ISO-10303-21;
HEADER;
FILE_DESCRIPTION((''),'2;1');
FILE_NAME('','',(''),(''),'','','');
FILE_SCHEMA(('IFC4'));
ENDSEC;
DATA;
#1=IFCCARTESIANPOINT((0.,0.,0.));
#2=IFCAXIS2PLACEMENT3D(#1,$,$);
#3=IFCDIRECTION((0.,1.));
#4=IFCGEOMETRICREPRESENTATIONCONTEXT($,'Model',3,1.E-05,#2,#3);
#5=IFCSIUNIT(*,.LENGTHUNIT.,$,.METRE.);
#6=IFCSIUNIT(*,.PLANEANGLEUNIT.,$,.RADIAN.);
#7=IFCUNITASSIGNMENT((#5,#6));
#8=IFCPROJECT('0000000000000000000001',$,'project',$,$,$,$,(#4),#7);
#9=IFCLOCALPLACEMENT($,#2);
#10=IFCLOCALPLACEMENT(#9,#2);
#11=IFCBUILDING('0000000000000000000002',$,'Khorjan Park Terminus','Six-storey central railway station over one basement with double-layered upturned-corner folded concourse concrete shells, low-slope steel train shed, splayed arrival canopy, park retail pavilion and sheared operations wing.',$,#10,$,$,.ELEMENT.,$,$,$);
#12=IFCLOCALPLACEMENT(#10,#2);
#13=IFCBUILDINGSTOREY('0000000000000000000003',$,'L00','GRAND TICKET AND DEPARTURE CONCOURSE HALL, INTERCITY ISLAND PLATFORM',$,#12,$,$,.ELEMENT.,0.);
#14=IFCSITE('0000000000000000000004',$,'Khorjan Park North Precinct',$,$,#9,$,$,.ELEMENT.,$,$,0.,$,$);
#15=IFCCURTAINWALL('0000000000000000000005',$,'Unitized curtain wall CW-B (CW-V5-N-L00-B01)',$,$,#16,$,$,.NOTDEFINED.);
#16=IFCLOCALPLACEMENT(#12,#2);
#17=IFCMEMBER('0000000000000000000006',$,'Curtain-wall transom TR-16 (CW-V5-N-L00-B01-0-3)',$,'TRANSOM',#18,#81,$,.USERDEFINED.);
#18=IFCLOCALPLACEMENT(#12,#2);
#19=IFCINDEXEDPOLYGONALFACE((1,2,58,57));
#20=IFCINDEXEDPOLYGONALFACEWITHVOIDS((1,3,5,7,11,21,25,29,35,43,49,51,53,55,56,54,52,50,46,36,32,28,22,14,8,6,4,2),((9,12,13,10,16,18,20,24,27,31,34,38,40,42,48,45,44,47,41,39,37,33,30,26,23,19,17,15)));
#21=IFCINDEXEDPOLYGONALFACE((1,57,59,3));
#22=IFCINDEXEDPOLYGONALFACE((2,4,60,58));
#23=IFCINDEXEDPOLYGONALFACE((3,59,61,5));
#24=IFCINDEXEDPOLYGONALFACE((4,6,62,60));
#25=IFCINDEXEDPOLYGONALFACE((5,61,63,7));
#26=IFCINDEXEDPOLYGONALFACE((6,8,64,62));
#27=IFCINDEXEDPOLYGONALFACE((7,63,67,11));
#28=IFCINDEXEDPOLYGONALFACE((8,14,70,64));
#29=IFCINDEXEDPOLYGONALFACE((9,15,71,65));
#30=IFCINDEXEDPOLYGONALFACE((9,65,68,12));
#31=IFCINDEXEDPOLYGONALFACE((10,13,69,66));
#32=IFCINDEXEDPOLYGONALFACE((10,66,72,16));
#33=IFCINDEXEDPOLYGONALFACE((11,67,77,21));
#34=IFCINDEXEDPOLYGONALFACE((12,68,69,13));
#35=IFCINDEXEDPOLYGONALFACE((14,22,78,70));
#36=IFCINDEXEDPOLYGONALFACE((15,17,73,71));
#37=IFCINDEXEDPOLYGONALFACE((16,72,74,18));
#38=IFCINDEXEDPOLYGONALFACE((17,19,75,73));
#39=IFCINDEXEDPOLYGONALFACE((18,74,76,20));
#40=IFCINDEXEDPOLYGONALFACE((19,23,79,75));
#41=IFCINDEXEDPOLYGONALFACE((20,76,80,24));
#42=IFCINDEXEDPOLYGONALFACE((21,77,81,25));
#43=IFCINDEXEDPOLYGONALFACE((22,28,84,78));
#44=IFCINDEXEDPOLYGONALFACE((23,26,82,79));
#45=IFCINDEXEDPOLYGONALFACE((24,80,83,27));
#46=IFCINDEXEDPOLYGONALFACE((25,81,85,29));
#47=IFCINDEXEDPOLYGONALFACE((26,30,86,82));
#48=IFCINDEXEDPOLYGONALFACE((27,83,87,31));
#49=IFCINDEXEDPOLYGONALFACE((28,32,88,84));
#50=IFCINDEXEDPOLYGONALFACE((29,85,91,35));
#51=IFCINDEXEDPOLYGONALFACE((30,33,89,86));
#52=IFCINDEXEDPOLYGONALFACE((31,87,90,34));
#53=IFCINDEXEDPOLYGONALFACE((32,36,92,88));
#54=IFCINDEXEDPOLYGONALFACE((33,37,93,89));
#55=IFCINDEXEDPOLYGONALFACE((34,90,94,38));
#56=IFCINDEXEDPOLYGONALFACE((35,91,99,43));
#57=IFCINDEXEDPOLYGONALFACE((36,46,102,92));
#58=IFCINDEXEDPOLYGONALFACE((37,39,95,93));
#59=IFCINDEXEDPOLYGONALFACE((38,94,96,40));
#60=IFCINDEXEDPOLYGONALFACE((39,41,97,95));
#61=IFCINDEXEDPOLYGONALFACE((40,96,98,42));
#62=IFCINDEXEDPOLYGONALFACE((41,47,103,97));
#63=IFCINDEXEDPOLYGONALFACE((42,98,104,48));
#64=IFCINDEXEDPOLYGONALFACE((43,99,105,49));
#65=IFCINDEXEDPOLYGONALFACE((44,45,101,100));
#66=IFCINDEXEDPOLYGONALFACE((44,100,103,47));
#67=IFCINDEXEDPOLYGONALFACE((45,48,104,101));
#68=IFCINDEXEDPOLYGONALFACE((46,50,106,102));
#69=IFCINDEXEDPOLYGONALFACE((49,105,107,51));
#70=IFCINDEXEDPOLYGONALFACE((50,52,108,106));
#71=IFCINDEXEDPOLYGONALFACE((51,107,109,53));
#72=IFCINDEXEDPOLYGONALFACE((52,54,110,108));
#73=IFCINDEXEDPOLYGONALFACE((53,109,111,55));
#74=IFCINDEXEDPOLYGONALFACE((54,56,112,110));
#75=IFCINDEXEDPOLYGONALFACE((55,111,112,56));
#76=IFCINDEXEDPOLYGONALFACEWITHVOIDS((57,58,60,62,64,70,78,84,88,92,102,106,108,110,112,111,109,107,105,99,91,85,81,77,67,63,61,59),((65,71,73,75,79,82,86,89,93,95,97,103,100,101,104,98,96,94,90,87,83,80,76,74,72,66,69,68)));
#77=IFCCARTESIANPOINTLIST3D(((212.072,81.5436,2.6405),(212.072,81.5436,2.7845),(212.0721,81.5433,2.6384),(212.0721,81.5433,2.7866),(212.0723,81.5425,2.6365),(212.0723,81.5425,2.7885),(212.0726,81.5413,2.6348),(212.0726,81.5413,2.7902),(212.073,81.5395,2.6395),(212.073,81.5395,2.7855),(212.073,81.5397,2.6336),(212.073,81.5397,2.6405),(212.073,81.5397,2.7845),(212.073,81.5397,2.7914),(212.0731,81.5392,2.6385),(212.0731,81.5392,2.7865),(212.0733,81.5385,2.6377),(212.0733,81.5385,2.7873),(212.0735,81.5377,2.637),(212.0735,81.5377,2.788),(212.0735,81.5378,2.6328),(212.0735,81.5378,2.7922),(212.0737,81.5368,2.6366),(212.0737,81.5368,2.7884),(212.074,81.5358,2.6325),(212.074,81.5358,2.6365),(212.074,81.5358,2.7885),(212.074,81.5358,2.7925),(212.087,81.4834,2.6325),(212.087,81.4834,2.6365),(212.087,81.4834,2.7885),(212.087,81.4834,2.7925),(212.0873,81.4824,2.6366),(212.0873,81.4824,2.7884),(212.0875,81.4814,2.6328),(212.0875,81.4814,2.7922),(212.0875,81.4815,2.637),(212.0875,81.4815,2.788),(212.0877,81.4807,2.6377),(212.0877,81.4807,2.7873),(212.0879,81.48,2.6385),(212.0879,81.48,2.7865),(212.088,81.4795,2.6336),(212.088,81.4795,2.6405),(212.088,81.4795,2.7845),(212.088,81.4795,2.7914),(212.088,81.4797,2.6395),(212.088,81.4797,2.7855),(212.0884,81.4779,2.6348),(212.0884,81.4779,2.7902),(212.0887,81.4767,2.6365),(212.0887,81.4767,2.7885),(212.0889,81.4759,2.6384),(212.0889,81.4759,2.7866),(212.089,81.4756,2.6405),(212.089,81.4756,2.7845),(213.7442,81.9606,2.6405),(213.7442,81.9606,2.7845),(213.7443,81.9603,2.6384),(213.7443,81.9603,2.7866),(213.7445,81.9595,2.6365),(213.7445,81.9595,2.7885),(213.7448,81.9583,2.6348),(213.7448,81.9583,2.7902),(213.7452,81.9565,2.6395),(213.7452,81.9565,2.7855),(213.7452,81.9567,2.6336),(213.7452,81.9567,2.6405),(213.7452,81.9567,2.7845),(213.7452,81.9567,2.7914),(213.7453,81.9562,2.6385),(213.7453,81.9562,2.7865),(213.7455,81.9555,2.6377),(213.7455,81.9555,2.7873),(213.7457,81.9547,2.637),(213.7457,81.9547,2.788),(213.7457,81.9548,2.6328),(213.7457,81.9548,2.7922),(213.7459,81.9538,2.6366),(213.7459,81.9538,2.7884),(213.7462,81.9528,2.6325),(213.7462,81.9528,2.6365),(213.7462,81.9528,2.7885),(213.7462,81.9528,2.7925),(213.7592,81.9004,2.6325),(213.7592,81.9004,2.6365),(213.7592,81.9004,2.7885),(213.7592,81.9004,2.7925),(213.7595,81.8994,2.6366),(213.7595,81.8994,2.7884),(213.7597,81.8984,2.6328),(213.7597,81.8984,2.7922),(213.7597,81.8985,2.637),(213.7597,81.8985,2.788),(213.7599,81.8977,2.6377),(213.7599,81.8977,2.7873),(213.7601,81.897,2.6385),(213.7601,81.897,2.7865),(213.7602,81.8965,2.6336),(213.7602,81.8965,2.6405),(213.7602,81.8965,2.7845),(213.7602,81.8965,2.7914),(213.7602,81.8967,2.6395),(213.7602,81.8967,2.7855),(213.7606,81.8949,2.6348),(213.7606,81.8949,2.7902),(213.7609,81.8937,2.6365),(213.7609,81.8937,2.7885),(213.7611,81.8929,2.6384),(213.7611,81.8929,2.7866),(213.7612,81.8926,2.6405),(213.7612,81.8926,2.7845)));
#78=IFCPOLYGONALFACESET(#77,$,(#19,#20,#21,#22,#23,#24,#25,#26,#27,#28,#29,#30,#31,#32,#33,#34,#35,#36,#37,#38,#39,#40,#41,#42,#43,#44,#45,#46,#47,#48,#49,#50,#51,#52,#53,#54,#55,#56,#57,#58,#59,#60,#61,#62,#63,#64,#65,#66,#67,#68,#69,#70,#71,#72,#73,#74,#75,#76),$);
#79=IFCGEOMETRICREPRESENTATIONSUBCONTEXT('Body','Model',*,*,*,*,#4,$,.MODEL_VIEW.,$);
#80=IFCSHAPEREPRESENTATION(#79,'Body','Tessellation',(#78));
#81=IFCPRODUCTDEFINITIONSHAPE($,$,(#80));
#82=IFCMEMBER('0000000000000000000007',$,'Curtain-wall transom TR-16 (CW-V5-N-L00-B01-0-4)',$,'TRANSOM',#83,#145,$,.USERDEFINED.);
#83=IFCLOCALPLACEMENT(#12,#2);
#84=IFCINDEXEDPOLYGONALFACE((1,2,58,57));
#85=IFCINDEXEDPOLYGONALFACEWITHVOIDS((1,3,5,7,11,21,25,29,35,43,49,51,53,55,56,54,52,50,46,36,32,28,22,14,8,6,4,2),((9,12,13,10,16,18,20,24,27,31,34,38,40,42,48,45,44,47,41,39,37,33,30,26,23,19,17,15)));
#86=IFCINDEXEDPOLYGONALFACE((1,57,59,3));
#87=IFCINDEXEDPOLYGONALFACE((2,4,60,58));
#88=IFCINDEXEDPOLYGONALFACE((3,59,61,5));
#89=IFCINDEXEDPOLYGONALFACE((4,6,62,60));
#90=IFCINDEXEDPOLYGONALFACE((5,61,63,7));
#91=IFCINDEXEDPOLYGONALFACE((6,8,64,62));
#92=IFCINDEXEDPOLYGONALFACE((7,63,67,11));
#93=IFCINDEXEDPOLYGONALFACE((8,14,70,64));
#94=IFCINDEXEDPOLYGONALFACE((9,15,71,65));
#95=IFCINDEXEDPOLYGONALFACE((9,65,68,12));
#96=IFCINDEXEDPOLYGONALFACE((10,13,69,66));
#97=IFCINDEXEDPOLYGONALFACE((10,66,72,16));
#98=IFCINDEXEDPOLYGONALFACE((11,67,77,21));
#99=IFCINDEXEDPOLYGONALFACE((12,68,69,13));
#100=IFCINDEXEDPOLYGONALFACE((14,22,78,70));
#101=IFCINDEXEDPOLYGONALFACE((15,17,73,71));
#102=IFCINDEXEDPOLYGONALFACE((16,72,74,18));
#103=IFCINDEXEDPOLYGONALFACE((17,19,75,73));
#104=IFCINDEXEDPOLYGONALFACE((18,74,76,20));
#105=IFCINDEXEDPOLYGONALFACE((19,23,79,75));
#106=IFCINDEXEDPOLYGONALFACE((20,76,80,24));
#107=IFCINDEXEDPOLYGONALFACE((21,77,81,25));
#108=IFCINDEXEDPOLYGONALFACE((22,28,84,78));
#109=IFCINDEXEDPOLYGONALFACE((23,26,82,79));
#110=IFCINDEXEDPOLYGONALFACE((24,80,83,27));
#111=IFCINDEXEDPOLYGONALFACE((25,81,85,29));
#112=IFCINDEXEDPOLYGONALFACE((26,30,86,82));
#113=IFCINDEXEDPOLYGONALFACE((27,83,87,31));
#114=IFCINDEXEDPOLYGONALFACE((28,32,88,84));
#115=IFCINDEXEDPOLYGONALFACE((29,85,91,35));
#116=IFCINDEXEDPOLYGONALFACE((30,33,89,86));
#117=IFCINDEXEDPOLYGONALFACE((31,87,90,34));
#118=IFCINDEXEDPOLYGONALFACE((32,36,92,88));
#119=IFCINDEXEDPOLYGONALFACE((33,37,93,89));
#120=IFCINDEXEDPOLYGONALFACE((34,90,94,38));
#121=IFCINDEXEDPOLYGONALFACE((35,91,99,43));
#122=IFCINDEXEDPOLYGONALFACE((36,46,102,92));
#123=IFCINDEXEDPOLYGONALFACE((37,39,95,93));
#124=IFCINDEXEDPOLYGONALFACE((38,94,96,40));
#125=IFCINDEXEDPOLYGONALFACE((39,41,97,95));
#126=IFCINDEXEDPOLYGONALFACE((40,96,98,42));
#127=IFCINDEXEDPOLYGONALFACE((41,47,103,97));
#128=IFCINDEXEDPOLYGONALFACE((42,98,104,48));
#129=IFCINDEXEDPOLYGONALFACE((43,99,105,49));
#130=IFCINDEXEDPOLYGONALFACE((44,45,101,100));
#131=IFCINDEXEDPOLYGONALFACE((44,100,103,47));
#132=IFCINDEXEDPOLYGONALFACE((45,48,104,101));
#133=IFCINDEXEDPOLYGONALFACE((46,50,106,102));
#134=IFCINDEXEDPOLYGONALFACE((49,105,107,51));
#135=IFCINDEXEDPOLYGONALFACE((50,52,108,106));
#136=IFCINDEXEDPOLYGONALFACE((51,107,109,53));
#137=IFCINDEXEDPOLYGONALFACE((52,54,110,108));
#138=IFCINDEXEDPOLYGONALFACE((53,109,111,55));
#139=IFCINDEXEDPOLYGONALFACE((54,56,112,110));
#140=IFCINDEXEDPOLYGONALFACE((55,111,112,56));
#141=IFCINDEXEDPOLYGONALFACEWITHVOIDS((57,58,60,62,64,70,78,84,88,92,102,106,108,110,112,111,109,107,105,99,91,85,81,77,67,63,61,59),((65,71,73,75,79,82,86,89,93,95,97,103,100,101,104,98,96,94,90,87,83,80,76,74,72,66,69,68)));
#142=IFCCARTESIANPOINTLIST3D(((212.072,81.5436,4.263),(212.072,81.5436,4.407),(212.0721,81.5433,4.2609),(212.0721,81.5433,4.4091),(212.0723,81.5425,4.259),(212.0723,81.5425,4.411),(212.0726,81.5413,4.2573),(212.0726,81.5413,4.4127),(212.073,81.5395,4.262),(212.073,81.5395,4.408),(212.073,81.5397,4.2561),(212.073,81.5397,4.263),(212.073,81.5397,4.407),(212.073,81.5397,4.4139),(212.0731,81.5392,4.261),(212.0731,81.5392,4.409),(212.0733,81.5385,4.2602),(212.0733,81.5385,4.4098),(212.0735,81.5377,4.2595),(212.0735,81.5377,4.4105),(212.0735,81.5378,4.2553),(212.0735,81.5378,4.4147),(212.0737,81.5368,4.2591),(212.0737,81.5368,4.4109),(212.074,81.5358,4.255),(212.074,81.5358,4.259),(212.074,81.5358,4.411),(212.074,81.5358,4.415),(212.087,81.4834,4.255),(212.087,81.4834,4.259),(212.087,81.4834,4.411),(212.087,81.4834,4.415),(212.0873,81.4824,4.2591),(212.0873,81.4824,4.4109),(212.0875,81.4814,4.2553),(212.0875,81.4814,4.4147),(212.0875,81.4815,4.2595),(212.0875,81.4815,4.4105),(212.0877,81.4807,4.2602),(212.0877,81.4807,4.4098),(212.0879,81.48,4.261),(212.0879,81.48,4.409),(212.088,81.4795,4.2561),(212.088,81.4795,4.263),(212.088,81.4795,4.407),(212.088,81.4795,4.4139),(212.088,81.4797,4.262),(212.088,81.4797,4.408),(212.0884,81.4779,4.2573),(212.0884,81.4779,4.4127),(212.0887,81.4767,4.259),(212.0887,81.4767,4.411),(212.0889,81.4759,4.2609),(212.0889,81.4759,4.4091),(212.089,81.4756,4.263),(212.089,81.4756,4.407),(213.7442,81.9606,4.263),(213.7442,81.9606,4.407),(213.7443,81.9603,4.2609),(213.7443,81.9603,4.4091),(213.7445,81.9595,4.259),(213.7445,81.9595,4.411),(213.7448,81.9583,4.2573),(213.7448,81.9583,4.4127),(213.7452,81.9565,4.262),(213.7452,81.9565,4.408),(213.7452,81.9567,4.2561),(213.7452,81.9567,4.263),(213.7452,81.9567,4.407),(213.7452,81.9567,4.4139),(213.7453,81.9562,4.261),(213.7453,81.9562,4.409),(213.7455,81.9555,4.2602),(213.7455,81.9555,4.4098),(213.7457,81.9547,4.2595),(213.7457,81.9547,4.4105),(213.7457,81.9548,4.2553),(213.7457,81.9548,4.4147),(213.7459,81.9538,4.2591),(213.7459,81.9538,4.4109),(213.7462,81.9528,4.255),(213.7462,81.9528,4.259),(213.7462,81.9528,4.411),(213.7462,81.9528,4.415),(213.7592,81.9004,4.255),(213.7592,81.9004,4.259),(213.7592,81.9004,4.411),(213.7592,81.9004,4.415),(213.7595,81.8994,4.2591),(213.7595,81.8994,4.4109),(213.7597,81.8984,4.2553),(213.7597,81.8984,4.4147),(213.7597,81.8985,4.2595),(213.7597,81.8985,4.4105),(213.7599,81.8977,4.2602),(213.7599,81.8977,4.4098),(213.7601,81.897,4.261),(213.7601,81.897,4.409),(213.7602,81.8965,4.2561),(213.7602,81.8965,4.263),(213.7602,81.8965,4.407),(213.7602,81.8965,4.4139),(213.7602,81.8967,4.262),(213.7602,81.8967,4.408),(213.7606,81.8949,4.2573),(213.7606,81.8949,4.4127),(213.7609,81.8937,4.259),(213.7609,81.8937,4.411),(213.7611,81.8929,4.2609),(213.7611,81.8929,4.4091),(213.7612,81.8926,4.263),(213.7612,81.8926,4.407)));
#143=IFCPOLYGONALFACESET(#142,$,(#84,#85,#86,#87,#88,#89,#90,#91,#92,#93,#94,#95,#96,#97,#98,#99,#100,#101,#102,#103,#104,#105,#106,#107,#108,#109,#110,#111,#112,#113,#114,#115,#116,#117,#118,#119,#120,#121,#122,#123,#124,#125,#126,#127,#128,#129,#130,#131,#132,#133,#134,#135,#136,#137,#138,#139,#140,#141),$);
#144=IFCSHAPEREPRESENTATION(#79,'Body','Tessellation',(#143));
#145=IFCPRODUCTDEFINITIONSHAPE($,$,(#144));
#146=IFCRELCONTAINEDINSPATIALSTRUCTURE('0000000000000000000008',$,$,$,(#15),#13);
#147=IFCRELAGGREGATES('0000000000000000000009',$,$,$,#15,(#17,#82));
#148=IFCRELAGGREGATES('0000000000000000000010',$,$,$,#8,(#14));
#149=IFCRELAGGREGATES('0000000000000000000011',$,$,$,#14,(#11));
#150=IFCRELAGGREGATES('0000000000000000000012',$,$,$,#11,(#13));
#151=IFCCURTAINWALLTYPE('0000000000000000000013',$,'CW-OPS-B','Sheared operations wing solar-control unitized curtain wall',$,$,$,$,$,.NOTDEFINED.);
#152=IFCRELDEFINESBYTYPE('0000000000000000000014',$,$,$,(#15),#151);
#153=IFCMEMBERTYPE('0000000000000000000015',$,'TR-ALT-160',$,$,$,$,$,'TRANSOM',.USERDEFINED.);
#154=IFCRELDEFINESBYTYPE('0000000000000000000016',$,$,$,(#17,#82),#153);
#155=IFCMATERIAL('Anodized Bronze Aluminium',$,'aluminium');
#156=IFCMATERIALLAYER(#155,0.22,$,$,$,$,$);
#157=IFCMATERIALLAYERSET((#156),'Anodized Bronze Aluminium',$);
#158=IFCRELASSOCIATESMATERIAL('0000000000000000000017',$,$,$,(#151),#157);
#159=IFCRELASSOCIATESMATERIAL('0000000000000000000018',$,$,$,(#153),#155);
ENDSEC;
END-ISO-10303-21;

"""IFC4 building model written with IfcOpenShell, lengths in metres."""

from ifc_helpers import new_model, si_unit, direction, frame, origin, origin_2d, place, context, subcontext, project, spatial, hollow_rectangle, extrude, material, layer, layer_set, material_profile, profile_set, type_object, element, aggregate, save


model = new_model("IFC4")

# Units and contexts
model_context = context("Model", 3, precision=1e-05, world=origin(), true_north=direction((0.0, 1.0)))
body_context = subcontext(model_context, "Body", "Model", "MODEL_VIEW")
ifc_project = project(units=[si_unit("LENGTHUNIT", "METRE"), si_unit("PLANEANGLEUNIT", "RADIAN")], contexts=[model_context])

# Site, building, storey
site_placement = place(None, origin())
site = spatial("IfcSite", under=ifc_project, at=site_placement, Name="Khorjan Park North Precinct", CompositionType="ELEMENT", RefElevation=0.0)
building_placement = place(site_placement, origin())
building = spatial("IfcBuilding", under=site, at=building_placement, Name="Khorjan Park Terminus", Description="Six-storey central railway station over one basement with double-layered upturned-corner folded concourse concrete shells, low-slope steel train shed, splayed arrival canopy, park retail pavilion and sheared operations wing.", CompositionType="ELEMENT")
storey_placement = place(building_placement, origin())
storey = spatial("IfcBuildingStorey", under=building, at=storey_placement, Name="L00", Description="GRAND TICKET AND DEPARTURE CONCOURSE HALL, INTERCITY ISLAND PLATFORM", CompositionType="ELEMENT", Elevation=0.0)

# Curtain wall, members
ifc_material_1 = material(Name="Anodized Bronze Aluminium", Category="aluminium")
ifc_layer_1 = layer(ifc_material_1, 0.22)
ifc_layer_set_1 = layer_set([ifc_layer_1], Name="Anodized Bronze Aluminium")
curtain_wall_type = type_object("IfcCurtainWallType", Name="CW-OPS-B", Description="Sheared operations wing solar-control unitized curtain wall", PredefinedType="NOTDEFINED", material=ifc_layer_set_1)
curtain_wall_placement = place(storey_placement, origin())
curtain_wall = element("IfcCurtainWall", 1, at=curtain_wall_placement, inside=storey, type_object=curtain_wall_type, Name="Unitized curtain wall CW-B (CW-V5-N-L00-B01)", PredefinedType="NOTDEFINED")
ifc_material_profile_1 = material_profile(ifc_material_1, hollow_rectangle(XDim=0.07, YDim=0.16, WallThickness=0.004, InnerFilletRadius=0.004, OuterFilletRadius=0.008, at=origin_2d()), Name="ALT 70x160x4")
ifc_profile_set_1 = profile_set([ifc_material_profile_1], Name="Anodized Bronze Aluminium")
member_type_1 = type_object("IfcMemberType", Name="TR-ALT-160", ElementType="TRANSOM", PredefinedType="USERDEFINED", material=ifc_profile_set_1)
member_1_placement = place(storey_placement, frame((213.7527, 81.9266, 2.7125), z_axis=(-0.970286, -0.241962, 0.0), x_axis=(0.241962, -0.970286, 0.0)))
member_1 = element("IfcMember", 2, at=member_1_placement, type_object=member_type_1, Name="Curtain-wall transom TR-16 (CW-V5-N-L00-B01-0-3)", ObjectType="TRANSOM", PredefinedType="USERDEFINED", context=body_context, shape_type="SweptSolid", body=[
    extrude(hollow_rectangle(XDim=0.07, YDim=0.16, WallThickness=0.004, InnerFilletRadius=0.004, OuterFilletRadius=0.008, at=origin_2d()), origin(), (0.0, 0.0, 1.0), 1.7234),
])
member_2_placement = place(storey_placement, frame((213.7527, 81.9266, 4.335), z_axis=(-0.970286, -0.241962, 0.0), x_axis=(0.241962, -0.970286, 0.0)))
member_2 = element("IfcMember", 3, at=member_2_placement, type_object=member_type_1, Name="Curtain-wall transom TR-16 (CW-V5-N-L00-B01-0-4)", ObjectType="TRANSOM", PredefinedType="USERDEFINED", context=body_context, shape_type="SweptSolid", body=[
    extrude(hollow_rectangle(XDim=0.07, YDim=0.16, WallThickness=0.004, InnerFilletRadius=0.004, OuterFilletRadius=0.008, at=origin_2d()), origin(), (0.0, 0.0, 1.0), 1.7234),
])
aggregate(curtain_wall, [member_1, member_2])

save(model, "model.ifc")
